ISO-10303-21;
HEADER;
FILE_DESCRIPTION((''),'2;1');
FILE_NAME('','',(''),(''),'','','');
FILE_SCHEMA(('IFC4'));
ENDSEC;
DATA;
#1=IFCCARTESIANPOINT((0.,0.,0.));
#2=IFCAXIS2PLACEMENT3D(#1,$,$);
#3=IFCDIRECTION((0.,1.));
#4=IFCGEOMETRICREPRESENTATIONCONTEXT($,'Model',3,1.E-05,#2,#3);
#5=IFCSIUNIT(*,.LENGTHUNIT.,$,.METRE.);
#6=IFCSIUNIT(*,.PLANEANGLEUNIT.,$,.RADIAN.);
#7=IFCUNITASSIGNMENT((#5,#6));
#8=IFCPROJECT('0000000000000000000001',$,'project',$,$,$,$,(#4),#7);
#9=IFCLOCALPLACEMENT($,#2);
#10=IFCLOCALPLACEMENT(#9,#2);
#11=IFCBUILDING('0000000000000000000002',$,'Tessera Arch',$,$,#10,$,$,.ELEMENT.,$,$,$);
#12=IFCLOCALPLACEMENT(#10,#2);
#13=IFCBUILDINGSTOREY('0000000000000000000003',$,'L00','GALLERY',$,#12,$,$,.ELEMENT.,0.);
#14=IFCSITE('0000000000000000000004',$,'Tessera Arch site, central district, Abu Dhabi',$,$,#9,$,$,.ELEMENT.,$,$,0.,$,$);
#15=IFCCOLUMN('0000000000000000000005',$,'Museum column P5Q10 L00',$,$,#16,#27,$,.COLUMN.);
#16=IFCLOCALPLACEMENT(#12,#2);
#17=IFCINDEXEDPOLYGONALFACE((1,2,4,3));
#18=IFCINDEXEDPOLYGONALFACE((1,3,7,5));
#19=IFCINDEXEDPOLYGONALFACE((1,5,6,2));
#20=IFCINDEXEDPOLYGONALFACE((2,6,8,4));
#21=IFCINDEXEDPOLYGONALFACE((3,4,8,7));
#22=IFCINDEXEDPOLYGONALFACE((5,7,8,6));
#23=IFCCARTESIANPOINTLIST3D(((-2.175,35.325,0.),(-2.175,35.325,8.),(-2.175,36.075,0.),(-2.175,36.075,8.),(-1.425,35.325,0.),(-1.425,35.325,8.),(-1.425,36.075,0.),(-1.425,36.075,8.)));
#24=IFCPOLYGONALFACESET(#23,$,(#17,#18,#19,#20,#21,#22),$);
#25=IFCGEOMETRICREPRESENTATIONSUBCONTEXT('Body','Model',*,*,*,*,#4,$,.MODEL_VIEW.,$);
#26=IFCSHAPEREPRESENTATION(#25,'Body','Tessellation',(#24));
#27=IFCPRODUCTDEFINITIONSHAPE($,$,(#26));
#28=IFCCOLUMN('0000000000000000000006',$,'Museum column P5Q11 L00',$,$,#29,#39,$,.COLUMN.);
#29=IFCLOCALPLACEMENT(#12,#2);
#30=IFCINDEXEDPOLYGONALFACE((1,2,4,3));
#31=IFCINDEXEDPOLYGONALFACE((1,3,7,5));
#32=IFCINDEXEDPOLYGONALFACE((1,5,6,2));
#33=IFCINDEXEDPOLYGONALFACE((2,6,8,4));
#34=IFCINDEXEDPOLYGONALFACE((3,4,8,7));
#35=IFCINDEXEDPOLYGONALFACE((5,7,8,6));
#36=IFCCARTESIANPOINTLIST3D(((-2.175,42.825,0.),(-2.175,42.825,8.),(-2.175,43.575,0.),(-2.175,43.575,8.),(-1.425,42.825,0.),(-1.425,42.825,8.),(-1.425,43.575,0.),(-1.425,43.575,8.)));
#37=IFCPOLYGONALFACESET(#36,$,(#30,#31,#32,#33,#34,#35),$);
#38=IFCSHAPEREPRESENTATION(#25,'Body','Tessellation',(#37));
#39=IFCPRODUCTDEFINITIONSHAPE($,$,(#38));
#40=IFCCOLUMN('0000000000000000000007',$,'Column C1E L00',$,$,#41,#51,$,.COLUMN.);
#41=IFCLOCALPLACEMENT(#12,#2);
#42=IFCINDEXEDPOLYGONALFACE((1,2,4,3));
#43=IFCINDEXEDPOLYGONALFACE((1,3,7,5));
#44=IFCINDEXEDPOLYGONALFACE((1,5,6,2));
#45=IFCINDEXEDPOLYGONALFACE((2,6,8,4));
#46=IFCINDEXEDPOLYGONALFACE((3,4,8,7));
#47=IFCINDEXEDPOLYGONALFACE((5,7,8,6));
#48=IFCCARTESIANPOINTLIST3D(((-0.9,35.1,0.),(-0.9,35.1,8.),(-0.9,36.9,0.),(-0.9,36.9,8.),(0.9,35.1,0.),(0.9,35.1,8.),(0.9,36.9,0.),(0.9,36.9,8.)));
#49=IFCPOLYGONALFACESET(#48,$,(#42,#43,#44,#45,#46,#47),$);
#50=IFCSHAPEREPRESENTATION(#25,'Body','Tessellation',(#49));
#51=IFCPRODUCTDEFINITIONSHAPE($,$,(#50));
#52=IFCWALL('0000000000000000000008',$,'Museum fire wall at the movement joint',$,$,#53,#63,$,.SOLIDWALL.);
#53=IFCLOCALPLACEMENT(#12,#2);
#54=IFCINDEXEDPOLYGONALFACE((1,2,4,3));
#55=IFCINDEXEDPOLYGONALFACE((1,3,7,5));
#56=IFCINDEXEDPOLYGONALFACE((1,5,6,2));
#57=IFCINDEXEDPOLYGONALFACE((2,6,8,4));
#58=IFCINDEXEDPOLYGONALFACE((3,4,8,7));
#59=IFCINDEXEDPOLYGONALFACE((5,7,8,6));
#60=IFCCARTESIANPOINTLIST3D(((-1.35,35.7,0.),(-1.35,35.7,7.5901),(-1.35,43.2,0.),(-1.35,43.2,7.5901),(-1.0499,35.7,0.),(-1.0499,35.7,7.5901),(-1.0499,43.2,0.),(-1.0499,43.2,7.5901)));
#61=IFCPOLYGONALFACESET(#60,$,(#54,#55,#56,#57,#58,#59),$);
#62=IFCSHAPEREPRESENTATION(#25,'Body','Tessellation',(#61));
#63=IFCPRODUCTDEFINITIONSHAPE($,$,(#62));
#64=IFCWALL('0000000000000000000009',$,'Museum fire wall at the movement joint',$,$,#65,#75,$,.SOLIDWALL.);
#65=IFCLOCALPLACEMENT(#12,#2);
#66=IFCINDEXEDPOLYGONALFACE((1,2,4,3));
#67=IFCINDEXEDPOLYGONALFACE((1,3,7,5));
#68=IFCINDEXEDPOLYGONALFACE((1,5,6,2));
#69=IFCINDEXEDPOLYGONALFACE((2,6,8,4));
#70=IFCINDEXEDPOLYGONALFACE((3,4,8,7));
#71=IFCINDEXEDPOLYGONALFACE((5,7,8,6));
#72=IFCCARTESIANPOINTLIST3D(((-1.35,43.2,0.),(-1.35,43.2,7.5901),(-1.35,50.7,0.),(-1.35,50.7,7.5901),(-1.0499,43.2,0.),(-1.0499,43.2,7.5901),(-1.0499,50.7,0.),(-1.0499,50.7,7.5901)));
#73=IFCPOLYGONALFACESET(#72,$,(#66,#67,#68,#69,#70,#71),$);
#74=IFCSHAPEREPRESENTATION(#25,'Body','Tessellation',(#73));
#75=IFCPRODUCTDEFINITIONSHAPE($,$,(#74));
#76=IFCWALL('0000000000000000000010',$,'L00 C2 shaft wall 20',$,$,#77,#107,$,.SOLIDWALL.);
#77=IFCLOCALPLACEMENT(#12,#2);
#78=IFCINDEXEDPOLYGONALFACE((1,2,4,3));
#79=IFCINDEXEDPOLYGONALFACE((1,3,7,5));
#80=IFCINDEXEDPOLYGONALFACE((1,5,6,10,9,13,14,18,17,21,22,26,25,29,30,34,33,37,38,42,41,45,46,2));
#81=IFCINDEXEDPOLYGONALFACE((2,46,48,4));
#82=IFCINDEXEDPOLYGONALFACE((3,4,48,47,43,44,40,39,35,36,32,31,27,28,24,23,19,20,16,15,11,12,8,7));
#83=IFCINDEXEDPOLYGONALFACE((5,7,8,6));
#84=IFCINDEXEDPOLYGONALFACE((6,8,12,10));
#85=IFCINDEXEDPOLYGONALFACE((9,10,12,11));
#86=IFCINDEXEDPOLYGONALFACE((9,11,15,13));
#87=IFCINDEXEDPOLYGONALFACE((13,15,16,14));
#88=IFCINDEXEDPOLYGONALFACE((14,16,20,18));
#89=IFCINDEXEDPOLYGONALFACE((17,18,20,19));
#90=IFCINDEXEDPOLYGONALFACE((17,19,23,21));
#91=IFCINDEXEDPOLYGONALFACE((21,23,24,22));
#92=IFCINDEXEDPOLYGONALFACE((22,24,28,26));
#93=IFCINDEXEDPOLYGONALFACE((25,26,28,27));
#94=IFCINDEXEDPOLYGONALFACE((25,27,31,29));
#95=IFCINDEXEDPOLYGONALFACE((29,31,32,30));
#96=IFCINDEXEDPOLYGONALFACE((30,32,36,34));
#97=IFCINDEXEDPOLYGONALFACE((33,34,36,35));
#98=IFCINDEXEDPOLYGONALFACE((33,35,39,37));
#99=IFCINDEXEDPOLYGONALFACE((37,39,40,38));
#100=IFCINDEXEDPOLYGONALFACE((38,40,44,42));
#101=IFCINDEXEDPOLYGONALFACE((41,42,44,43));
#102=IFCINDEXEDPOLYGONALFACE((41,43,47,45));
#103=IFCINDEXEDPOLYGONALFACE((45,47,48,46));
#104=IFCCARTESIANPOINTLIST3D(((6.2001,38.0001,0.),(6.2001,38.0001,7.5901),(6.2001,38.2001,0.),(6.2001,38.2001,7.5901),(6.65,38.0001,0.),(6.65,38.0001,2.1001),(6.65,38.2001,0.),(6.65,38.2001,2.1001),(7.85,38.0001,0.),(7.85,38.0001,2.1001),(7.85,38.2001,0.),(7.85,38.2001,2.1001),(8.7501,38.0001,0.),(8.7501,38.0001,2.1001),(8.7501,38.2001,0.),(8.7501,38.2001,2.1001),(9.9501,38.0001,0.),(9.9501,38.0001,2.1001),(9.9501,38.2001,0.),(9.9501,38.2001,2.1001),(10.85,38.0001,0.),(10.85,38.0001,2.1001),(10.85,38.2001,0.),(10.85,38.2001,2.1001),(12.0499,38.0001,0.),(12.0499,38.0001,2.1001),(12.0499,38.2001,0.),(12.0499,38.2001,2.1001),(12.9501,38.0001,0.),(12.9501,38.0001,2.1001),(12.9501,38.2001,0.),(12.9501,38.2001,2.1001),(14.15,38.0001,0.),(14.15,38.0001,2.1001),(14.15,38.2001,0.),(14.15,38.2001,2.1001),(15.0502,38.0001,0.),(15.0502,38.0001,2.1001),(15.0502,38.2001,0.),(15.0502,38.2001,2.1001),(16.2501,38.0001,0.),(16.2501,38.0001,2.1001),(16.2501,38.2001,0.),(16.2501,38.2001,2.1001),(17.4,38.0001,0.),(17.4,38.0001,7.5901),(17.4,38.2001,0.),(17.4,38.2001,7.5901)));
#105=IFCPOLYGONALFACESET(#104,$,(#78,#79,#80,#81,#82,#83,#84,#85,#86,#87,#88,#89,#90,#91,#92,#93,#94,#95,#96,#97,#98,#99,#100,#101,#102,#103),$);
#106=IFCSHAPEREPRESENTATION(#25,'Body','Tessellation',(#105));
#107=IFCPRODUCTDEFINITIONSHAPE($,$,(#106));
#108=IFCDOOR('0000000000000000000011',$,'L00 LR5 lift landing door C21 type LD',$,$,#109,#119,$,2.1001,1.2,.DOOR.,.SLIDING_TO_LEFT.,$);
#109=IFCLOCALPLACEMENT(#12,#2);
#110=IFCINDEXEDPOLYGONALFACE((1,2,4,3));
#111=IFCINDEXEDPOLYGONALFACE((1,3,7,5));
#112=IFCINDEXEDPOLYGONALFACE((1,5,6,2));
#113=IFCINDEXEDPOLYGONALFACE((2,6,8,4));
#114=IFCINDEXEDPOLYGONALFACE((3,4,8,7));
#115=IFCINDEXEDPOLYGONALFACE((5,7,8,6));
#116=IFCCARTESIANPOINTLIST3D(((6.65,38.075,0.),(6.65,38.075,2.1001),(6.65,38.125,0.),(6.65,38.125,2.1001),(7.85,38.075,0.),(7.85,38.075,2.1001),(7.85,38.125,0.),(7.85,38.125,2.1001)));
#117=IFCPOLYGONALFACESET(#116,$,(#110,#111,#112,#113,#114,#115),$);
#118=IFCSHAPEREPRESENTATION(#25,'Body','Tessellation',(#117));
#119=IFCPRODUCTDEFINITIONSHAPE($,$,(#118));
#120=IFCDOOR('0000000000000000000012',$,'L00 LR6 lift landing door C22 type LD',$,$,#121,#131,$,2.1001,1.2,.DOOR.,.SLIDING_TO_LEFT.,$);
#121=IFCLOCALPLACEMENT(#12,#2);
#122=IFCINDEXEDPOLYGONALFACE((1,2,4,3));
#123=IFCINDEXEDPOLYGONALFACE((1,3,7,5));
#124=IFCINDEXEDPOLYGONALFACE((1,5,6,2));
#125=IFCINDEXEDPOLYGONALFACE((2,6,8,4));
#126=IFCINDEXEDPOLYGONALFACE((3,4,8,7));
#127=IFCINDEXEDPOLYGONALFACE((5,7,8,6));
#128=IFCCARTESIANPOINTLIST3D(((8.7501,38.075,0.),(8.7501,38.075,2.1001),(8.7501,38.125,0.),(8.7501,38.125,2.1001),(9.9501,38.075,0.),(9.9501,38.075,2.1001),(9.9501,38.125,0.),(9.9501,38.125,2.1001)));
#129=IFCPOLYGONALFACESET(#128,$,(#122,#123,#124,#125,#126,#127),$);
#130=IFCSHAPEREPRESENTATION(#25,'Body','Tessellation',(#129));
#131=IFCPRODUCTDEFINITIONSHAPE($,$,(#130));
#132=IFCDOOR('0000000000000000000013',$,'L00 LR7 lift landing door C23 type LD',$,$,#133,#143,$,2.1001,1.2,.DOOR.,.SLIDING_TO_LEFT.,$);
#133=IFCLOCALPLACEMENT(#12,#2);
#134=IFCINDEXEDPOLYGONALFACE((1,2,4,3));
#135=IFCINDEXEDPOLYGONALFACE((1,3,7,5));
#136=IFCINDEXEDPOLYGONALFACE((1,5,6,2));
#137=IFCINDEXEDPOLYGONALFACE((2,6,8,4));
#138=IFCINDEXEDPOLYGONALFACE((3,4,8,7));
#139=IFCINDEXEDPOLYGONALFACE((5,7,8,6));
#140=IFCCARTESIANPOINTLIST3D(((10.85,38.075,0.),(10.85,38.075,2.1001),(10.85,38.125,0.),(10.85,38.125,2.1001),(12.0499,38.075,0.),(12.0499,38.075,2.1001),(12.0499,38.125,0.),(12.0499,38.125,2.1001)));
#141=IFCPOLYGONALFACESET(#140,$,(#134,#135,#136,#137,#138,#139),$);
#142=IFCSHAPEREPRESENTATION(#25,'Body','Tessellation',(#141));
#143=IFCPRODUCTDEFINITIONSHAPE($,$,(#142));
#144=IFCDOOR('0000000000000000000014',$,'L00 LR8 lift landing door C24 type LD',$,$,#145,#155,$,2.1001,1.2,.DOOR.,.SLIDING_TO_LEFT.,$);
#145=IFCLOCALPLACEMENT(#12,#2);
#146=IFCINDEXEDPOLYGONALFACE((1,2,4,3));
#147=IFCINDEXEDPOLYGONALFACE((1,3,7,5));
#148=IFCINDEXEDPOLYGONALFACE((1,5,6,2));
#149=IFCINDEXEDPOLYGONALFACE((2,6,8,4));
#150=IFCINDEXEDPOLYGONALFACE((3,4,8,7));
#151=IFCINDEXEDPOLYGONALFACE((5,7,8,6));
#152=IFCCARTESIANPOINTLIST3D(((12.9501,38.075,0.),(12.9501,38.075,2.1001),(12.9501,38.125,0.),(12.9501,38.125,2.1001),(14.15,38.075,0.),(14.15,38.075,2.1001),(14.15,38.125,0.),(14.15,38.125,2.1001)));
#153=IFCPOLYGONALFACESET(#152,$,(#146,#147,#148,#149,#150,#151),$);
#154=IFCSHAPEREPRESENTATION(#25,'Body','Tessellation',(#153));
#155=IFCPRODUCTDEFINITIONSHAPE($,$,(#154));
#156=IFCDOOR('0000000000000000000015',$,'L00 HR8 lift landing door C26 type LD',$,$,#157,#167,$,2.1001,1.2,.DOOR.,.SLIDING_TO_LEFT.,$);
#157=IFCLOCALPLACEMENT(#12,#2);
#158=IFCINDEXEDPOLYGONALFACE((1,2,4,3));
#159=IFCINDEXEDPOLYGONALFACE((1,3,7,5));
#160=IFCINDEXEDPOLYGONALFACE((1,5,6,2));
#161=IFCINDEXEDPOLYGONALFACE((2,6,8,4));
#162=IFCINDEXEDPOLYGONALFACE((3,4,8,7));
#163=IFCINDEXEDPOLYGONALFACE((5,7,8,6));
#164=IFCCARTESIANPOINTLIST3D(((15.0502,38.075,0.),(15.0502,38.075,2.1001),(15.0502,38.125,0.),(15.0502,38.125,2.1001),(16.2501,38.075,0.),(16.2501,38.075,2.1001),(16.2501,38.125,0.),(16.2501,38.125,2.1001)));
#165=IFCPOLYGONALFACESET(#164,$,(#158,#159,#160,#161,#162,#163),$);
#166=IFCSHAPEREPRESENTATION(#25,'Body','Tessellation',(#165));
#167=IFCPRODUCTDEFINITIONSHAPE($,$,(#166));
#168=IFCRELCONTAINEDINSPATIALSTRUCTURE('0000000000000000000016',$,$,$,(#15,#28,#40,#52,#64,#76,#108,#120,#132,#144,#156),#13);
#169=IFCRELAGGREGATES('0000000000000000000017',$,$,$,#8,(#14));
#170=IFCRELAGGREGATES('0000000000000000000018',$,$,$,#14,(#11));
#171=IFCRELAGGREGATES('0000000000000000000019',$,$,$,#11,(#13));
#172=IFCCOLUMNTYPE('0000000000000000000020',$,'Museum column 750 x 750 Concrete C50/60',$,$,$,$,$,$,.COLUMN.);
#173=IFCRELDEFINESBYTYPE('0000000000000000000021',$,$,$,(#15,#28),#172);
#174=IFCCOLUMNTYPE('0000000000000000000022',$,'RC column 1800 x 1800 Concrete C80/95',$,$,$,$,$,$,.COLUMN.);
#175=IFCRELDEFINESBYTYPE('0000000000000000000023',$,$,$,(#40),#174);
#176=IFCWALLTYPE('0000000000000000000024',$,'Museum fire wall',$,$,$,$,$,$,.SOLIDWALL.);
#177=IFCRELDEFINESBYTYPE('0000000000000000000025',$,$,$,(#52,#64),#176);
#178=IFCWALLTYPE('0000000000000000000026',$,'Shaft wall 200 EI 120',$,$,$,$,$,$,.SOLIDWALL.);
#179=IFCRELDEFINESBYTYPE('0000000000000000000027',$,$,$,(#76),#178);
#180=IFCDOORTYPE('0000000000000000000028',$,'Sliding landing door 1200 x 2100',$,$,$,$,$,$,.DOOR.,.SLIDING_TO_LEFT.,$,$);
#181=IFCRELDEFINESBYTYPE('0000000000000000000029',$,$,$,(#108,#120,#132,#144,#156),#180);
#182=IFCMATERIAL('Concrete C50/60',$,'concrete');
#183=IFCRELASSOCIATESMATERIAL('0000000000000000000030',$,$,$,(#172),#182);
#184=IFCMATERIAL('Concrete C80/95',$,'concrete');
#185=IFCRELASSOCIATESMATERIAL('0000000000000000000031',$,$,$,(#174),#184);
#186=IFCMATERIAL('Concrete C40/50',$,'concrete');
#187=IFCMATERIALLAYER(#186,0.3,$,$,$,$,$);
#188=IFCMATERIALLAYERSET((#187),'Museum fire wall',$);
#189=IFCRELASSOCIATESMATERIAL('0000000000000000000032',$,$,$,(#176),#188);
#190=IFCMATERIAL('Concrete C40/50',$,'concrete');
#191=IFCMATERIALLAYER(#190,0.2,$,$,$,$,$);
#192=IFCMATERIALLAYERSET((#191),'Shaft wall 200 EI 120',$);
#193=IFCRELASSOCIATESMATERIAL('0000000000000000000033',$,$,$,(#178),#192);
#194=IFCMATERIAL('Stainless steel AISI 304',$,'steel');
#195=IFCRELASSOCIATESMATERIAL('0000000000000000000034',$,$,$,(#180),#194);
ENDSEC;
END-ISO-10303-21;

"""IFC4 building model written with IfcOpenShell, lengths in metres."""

from ifc_helpers import new_model, si_unit, direction, frame, frame_2d, origin, origin_2d, place, context, subcontext, project, spatial, rectangle, extrude, material, layer, layer_set, material_profile, profile_set, type_object, element, fill, save


model = new_model("IFC4")

# Units and contexts
model_context = context("Model", 3, precision=1e-05, world=origin(), true_north=direction((0.0, 1.0)))
body_context = subcontext(model_context, "Body", "Model", "MODEL_VIEW")
ifc_project = project(units=[si_unit("LENGTHUNIT", "METRE"), si_unit("PLANEANGLEUNIT", "RADIAN")], contexts=[model_context])

# Site, building, storey
site_placement = place(None, origin())
site = spatial("IfcSite", under=ifc_project, at=site_placement, Name="Tessera Arch site, central district, Abu Dhabi", CompositionType="ELEMENT", RefElevation=0.0)
building_placement = place(site_placement, origin())
building = spatial("IfcBuilding", under=site, at=building_placement, Name="Tessera Arch", CompositionType="ELEMENT")
storey_placement = place(building_placement, origin())
storey = spatial("IfcBuildingStorey", under=building, at=storey_placement, Name="L00", Description="GALLERY", CompositionType="ELEMENT", Elevation=0.0)

# Columns
ifc_material_1 = material(Name="Concrete C50/60", Category="concrete")
ifc_material_profile_1 = material_profile(ifc_material_1, rectangle(XDim=0.75, YDim=0.75, at=origin_2d()), Name="Museum column 750 x 750 Concrete C50/60")
ifc_profile_set_1 = profile_set([ifc_material_profile_1], Name="Concrete C50/60")
column_type_1 = type_object("IfcColumnType", Name="Museum column 750 x 750 Concrete C50/60", PredefinedType="COLUMN", material=ifc_profile_set_1)
for number, where, z_axis, x_axis, name in (
    (1, (-1.8, 35.7, 0.0), (0.0, 0.0, 1.0), (1.0, 0.0, 0.0), "Museum column P5Q10 L00"),
    (2, (-1.8, 43.2, 0.0), (0.0, 0.0, 1.0), (1.0, 0.0, 0.0), "Museum column P5Q11 L00"),
):
    element("IfcColumn", number, at=place(storey_placement, frame(where, z_axis=z_axis, x_axis=x_axis)), inside=storey, type_object=column_type_1, Name=name, PredefinedType="COLUMN", context=body_context, shape_type="SweptSolid", body=[
        extrude(rectangle(XDim=0.75, YDim=0.75, at=origin_2d()), origin(), (0.0, 0.0, 1.0), 8.0),
    ])
ifc_material_2 = material(Name="Concrete C80/95", Category="concrete")
ifc_material_profile_2 = material_profile(ifc_material_2, rectangle(XDim=1.8, YDim=1.8, at=origin_2d()), Name="RC column 1800 x 1800 Concrete C80/95")
ifc_profile_set_2 = profile_set([ifc_material_profile_2], Name="Concrete C80/95")
column_type_2 = type_object("IfcColumnType", Name="RC column 1800 x 1800 Concrete C80/95", PredefinedType="COLUMN", material=ifc_profile_set_2)
column_placement = place(storey_placement, frame((0.0, 36.0, 0.0), z_axis=(0.0, 0.0, 1.0), x_axis=(1.0, 0.0, 0.0)))
element("IfcColumn", 3, at=column_placement, inside=storey, type_object=column_type_2, Name="Column C1E L00", PredefinedType="COLUMN", context=body_context, shape_type="SweptSolid", body=[
    extrude(rectangle(XDim=1.8, YDim=1.8, at=origin_2d()), origin(), (0.0, 0.0, 1.0), 8.0),
])

# Walls
ifc_material_3 = material(Name="Concrete C40/50", Category="concrete")
ifc_layer_1 = layer(ifc_material_3, 0.3)
ifc_layer_set_1 = layer_set([ifc_layer_1], Name="Museum fire wall")
wall_type_1 = type_object("IfcWallType", Name="Museum fire wall", PredefinedType="SOLIDWALL", material=ifc_layer_set_1)
for number, where, z_axis, x_axis, name in (
    (4, (-1.2, 35.7, 0.0), (0.0, 0.0, 1.0), (0.0, 1.0, 0.0), "Museum fire wall at the movement joint"),
    (5, (-1.2, 43.2, 0.0), (0.0, 0.0, 1.0), (0.0, 1.0, 0.0), "Museum fire wall at the movement joint"),
):
    element("IfcWall", number, at=place(storey_placement, frame(where, z_axis=z_axis, x_axis=x_axis)), inside=storey, type_object=wall_type_1, Name=name, PredefinedType="SOLIDWALL", context=body_context, shape_type="SweptSolid", body=[
        extrude(rectangle(XDim=7.5, YDim=0.3, at=frame_2d((3.75, 0.0))), origin(), (0.0, 0.0, 1.0), 7.5901),
    ])

# Wall, openings, doors
ifc_material_4 = material(Name="Concrete C40/50", Category="concrete")
ifc_layer_2 = layer(ifc_material_4, 0.2)
ifc_layer_set_2 = layer_set([ifc_layer_2], Name="Shaft wall 200 EI 120")
wall_type_2 = type_object("IfcWallType", Name="Shaft wall 200 EI 120", PredefinedType="SOLIDWALL", material=ifc_layer_set_2)
wall_1_placement = place(storey_placement, frame((6.2, 38.1001, 0.0), z_axis=(0.0, 0.0, 1.0), x_axis=(1.0, 0.0, 0.0)))
wall_1 = element("IfcWall", 6, at=wall_1_placement, inside=storey, type_object=wall_type_2, Name="L00 C2 shaft wall 20", PredefinedType="SOLIDWALL", context=body_context, shape_type="SweptSolid", body=[
    extrude(rectangle(XDim=11.2, YDim=0.2, at=frame_2d((5.6001, 0.0))), origin(), (0.0, 0.0, 1.0), 7.5901),
])
opening_1_placement = place(wall_1_placement, frame((0.45, 0.0, 0.0)))
opening_1 = element("IfcOpeningElement", 7, at=opening_1_placement, cuts=wall_1, PredefinedType="OPENING", context=body_context, shape_type="SweptSolid", body=[
    extrude(rectangle(XDim=1.2, YDim=2.1001, at=frame_2d((0.6001, 1.05))), frame((0.0, 0.1099, 0.0), z_axis=(0.0, -1.0, 0.0), x_axis=(1.0, 0.0, 0.0)), (0.0, 0.0, 1.0), 0.22),
])
opening_2_placement = place(wall_1_placement, frame((2.55, 0.0, 0.0)))
opening_2 = element("IfcOpeningElement", 8, at=opening_2_placement, cuts=wall_1, PredefinedType="OPENING", context=body_context, shape_type="SweptSolid", body=[
    extrude(rectangle(XDim=1.2, YDim=2.1001, at=frame_2d((0.6001, 1.05))), frame((0.0, 0.1099, 0.0), z_axis=(0.0, -1.0, 0.0), x_axis=(1.0, 0.0, 0.0)), (0.0, 0.0, 1.0), 0.22),
])
opening_3_placement = place(wall_1_placement, frame((4.6499, 0.0, 0.0)))
opening_3 = element("IfcOpeningElement", 9, at=opening_3_placement, cuts=wall_1, PredefinedType="OPENING", context=body_context, shape_type="SweptSolid", body=[
    extrude(rectangle(XDim=1.2, YDim=2.1001, at=frame_2d((0.6001, 1.05))), frame((0.0, 0.1099, 0.0), z_axis=(0.0, -1.0, 0.0), x_axis=(1.0, 0.0, 0.0)), (0.0, 0.0, 1.0), 0.22),
])
opening_4_placement = place(wall_1_placement, frame((6.75, 0.0, 0.0)))
opening_4 = element("IfcOpeningElement", 10, at=opening_4_placement, cuts=wall_1, PredefinedType="OPENING", context=body_context, shape_type="SweptSolid", body=[
    extrude(rectangle(XDim=1.2, YDim=2.1001, at=frame_2d((0.6001, 1.05))), frame((0.0, 0.1099, 0.0), z_axis=(0.0, -1.0, 0.0), x_axis=(1.0, 0.0, 0.0)), (0.0, 0.0, 1.0), 0.22),
])
opening_5_placement = place(wall_1_placement, frame((8.8501, 0.0, 0.0)))
opening_5 = element("IfcOpeningElement", 11, at=opening_5_placement, cuts=wall_1, PredefinedType="OPENING", context=body_context, shape_type="SweptSolid", body=[
    extrude(rectangle(XDim=1.2, YDim=2.1001, at=frame_2d((0.6001, 1.05))), frame((0.0, 0.1099, 0.0), z_axis=(0.0, -1.0, 0.0), x_axis=(1.0, 0.0, 0.0)), (0.0, 0.0, 1.0), 0.22),
])
ifc_material_5 = material(Name="Stainless steel AISI 304", Category="steel")
door_type = type_object("IfcDoorType", Name="Sliding landing door 1200 x 2100", OperationType="SLIDING_TO_LEFT", PredefinedType="DOOR", material=ifc_material_5)
door_1_placement = place(opening_1_placement, origin())
door_1 = element("IfcDoor", 12, at=door_1_placement, inside=storey, type_object=door_type, Name="L00 LR5 lift landing door C21 type LD", OperationType="SLIDING_TO_LEFT", OverallHeight=2.1001, OverallWidth=1.2, PredefinedType="DOOR", context=body_context, shape_type="SweptSolid", body=[
    extrude(rectangle(XDim=1.2, YDim=2.1001, at=frame_2d((0.6001, 1.05))), frame((0.0, 0.0249, 0.0), z_axis=(0.0, -1.0, 0.0), x_axis=(1.0, 0.0, 0.0)), (0.0, 0.0, 1.0), 0.05),
])
fill(opening_1, door_1)
door_2_placement = place(opening_2_placement, origin())
door_2 = element("IfcDoor", 13, at=door_2_placement, inside=storey, type_object=door_type, Name="L00 LR6 lift landing door C22 type LD", OperationType="SLIDING_TO_LEFT", OverallHeight=2.1001, OverallWidth=1.2, PredefinedType="DOOR", context=body_context, shape_type="SweptSolid", body=[
    extrude(rectangle(XDim=1.2, YDim=2.1001, at=frame_2d((0.6001, 1.05))), frame((0.0, 0.0249, 0.0), z_axis=(0.0, -1.0, 0.0), x_axis=(1.0, 0.0, 0.0)), (0.0, 0.0, 1.0), 0.05),
])
fill(opening_2, door_2)
door_3_placement = place(opening_3_placement, origin())
door_3 = element("IfcDoor", 14, at=door_3_placement, inside=storey, type_object=door_type, Name="L00 LR7 lift landing door C23 type LD", OperationType="SLIDING_TO_LEFT", OverallHeight=2.1001, OverallWidth=1.2, PredefinedType="DOOR", context=body_context, shape_type="SweptSolid", body=[
    extrude(rectangle(XDim=1.2, YDim=2.1001, at=frame_2d((0.6001, 1.05))), frame((0.0, 0.0249, 0.0), z_axis=(0.0, -1.0, 0.0), x_axis=(1.0, 0.0, 0.0)), (0.0, 0.0, 1.0), 0.05),
])
fill(opening_3, door_3)
door_4_placement = place(opening_4_placement, origin())
door_4 = element("IfcDoor", 15, at=door_4_placement, inside=storey, type_object=door_type, Name="L00 LR8 lift landing door C24 type LD", OperationType="SLIDING_TO_LEFT", OverallHeight=2.1001, OverallWidth=1.2, PredefinedType="DOOR", context=body_context, shape_type="SweptSolid", body=[
    extrude(rectangle(XDim=1.2, YDim=2.1001, at=frame_2d((0.6001, 1.05))), frame((0.0, 0.0249, 0.0), z_axis=(0.0, -1.0, 0.0), x_axis=(1.0, 0.0, 0.0)), (0.0, 0.0, 1.0), 0.05),
])
fill(opening_4, door_4)
door_5_placement = place(opening_5_placement, origin())
door_5 = element("IfcDoor", 16, at=door_5_placement, inside=storey, type_object=door_type, Name="L00 HR8 lift landing door C26 type LD", OperationType="SLIDING_TO_LEFT", OverallHeight=2.1001, OverallWidth=1.2, PredefinedType="DOOR", context=body_context, shape_type="SweptSolid", body=[
    extrude(rectangle(XDim=1.2, YDim=2.1001, at=frame_2d((0.6001, 1.05))), frame((0.0, 0.0249, 0.0), z_axis=(0.0, -1.0, 0.0), x_axis=(1.0, 0.0, 0.0)), (0.0, 0.0, 1.0), 0.05),
])
fill(opening_5, door_5)

save(model, "model.ifc")
